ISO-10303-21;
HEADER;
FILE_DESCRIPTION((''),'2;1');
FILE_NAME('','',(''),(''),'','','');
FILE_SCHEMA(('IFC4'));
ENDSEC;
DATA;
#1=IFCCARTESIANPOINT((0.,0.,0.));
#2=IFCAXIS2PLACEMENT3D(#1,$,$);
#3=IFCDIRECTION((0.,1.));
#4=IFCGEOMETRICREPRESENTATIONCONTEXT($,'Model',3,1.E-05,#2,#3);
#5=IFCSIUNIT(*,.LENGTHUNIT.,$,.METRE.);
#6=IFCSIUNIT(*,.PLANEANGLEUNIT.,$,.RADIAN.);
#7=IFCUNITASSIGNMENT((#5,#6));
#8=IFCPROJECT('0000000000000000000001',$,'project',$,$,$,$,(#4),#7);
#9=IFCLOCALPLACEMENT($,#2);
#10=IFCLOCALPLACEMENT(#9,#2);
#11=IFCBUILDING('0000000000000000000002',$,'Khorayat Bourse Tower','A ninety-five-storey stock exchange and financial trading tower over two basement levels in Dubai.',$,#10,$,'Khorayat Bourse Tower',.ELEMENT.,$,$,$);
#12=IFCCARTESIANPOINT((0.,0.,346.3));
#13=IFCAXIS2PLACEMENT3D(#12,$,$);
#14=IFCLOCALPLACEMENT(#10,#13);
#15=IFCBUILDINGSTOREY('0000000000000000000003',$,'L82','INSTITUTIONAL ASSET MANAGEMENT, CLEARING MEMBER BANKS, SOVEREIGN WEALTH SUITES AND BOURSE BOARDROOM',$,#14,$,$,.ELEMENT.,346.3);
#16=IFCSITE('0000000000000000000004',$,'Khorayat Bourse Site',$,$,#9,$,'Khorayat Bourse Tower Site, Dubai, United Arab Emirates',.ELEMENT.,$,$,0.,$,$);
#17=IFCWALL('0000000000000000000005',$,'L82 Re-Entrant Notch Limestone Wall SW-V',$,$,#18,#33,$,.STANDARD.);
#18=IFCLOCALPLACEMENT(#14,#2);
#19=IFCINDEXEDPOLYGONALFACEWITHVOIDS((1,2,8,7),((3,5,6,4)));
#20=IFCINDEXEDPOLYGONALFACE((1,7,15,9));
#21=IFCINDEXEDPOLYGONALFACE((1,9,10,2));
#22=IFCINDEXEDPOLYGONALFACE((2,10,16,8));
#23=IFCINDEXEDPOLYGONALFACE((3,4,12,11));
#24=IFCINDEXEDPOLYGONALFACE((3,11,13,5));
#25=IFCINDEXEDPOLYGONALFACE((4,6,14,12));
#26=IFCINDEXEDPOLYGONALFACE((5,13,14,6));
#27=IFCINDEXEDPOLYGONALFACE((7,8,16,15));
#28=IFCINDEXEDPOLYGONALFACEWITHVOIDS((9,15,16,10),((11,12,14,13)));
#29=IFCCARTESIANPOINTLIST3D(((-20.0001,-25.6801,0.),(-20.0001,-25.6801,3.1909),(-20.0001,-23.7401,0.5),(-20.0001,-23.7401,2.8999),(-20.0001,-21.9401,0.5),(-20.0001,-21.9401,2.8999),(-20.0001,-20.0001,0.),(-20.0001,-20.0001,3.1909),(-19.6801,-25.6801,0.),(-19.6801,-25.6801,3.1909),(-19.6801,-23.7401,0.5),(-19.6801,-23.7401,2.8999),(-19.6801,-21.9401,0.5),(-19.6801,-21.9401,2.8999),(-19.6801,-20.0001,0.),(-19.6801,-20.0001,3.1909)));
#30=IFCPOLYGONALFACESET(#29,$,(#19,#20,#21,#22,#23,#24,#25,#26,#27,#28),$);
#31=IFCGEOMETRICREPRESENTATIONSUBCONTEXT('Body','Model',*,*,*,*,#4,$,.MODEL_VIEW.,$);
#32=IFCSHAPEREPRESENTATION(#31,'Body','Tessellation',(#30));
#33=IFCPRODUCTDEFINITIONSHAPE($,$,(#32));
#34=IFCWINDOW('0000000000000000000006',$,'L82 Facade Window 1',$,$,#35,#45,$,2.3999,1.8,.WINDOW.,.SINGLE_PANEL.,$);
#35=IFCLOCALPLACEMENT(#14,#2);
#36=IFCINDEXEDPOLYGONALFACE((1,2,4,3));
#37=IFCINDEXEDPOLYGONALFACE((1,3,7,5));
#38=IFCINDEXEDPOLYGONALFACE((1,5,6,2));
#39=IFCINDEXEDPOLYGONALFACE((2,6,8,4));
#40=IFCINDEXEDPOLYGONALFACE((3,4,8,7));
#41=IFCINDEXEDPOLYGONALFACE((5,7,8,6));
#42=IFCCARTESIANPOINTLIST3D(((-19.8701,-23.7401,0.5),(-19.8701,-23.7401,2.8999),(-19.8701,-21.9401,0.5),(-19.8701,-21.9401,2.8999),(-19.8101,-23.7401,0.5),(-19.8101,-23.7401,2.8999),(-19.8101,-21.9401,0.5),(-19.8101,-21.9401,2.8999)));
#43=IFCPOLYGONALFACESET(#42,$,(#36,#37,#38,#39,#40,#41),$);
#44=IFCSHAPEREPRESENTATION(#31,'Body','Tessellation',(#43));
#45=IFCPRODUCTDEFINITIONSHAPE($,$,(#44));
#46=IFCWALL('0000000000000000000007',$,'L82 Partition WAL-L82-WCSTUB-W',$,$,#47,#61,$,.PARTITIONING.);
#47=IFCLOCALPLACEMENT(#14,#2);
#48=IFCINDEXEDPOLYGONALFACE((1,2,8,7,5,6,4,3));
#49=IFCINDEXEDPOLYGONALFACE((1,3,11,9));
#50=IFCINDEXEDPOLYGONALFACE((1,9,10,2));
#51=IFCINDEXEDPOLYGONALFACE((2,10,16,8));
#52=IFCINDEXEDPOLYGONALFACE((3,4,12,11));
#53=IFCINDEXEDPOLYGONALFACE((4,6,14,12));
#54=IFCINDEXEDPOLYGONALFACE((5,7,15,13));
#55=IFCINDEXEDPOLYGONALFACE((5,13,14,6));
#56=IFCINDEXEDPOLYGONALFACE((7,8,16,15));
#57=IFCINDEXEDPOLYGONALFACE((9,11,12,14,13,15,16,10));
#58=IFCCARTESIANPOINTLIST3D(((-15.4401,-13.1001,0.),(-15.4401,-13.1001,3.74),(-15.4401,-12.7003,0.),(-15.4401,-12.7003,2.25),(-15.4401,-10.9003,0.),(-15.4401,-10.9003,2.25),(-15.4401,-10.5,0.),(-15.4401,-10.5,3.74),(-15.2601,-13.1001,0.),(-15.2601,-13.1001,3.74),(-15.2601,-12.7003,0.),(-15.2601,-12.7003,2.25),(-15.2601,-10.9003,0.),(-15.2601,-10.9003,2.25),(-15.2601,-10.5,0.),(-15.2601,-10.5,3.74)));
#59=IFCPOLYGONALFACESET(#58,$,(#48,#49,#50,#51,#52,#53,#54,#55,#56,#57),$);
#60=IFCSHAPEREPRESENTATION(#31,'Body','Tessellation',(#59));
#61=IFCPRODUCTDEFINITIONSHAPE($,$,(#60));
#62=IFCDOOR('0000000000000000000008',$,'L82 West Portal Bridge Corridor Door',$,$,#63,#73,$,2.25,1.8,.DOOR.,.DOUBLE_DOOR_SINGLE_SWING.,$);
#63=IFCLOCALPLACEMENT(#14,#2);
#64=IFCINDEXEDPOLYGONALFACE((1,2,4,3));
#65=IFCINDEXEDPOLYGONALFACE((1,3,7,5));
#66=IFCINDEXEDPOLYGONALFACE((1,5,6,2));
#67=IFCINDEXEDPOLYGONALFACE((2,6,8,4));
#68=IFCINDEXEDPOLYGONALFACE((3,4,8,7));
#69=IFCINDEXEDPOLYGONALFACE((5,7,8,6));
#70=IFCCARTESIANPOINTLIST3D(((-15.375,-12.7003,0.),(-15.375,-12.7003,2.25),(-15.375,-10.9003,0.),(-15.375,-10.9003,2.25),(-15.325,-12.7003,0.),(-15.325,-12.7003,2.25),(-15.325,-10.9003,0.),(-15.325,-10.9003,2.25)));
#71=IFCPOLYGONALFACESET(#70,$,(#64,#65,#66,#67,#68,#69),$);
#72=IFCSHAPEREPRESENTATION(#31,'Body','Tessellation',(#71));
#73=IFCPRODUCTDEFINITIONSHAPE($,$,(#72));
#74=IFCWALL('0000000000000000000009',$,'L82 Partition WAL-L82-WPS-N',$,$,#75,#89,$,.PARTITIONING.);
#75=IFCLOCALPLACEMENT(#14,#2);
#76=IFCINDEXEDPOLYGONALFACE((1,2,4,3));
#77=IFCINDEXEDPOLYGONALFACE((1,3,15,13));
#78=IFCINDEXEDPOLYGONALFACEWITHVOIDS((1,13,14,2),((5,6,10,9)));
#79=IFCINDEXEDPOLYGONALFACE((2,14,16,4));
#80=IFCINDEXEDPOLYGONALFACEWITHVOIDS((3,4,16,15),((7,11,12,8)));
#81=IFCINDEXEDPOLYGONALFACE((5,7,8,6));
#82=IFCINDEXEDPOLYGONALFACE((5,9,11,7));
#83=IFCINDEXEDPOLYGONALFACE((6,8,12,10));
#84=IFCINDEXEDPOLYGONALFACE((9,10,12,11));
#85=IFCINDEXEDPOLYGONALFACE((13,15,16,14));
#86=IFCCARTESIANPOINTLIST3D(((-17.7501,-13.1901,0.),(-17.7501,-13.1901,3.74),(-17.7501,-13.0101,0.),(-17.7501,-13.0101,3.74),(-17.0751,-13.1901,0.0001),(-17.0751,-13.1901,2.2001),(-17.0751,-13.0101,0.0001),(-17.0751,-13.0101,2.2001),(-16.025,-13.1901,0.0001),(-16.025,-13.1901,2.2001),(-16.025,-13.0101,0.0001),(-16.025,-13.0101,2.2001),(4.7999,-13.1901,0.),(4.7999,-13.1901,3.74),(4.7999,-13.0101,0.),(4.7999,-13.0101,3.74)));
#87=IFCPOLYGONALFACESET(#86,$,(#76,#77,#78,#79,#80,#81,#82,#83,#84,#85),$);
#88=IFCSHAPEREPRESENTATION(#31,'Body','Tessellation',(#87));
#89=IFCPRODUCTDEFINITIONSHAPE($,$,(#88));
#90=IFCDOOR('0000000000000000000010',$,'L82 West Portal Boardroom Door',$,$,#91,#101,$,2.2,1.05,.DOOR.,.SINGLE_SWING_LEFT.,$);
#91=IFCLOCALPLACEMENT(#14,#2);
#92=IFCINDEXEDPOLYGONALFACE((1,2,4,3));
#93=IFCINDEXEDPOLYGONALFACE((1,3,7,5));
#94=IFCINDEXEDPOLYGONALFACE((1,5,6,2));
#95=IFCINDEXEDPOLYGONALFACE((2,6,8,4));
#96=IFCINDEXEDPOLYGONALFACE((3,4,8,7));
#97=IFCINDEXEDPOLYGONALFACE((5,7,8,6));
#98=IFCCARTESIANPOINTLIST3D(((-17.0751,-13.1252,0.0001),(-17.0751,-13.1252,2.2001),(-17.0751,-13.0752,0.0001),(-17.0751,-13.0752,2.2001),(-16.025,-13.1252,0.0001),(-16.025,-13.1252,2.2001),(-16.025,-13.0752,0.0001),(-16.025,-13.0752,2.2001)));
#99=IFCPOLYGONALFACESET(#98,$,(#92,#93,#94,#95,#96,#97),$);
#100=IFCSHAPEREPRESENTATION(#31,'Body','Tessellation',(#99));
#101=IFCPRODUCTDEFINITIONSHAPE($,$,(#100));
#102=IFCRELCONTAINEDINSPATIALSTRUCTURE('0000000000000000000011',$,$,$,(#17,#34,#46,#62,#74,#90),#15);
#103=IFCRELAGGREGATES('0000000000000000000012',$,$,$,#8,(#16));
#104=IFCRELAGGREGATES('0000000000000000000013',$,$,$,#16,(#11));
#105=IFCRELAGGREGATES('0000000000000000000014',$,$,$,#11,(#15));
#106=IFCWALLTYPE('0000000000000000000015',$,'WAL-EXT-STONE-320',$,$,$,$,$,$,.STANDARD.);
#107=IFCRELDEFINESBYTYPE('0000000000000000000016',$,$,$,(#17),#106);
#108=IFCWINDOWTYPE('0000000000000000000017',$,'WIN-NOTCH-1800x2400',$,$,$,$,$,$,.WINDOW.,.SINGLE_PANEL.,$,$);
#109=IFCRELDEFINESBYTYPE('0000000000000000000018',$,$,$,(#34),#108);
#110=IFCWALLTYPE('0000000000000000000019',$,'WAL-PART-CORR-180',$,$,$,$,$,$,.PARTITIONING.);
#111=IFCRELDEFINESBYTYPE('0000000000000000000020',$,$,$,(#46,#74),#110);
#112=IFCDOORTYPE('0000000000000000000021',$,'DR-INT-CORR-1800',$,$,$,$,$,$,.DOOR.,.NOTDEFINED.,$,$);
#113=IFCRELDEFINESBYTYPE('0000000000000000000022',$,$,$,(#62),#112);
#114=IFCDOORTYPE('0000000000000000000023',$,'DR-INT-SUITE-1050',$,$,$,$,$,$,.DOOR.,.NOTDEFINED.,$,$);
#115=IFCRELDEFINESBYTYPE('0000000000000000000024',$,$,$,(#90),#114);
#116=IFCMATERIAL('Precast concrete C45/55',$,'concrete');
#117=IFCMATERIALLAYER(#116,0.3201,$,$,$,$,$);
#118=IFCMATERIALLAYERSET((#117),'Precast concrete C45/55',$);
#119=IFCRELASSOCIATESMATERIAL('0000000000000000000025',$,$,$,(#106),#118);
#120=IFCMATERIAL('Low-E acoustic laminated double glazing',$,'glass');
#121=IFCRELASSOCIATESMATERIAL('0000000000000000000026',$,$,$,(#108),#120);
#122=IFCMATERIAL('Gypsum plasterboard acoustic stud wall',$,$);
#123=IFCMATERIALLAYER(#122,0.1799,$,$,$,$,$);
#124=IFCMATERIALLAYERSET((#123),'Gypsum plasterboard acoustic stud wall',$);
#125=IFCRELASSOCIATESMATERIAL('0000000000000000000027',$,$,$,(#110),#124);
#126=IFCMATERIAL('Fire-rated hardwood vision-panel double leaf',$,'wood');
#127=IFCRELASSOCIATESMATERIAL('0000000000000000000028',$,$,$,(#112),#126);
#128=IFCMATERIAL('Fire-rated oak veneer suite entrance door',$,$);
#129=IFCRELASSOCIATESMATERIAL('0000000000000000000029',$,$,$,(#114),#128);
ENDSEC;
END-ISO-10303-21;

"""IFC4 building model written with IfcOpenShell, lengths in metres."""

from ifc_helpers import new_model, si_unit, direction, frame, frame_2d, origin, place, context, subcontext, project, spatial, rectangle, extrude, source, transform, mapped, material, layer, layer_set, type_object, element, fill, save


model = new_model("IFC4")

# Units and contexts
model_context = context("Model", 3, precision=1e-05, world=origin(), true_north=direction((0.0, 1.0)))
body_context = subcontext(model_context, "Body", "Model", "MODEL_VIEW")
ifc_project = project(units=[si_unit("LENGTHUNIT", "METRE"), si_unit("PLANEANGLEUNIT", "RADIAN")], contexts=[model_context])

# Site, building, storey
site_placement = place(None, origin())
site = spatial("IfcSite", under=ifc_project, at=site_placement, Name="Khorayat Bourse Site", LongName="Khorayat Bourse Tower Site, Dubai, United Arab Emirates", CompositionType="ELEMENT", RefElevation=0.0)
building_placement = place(site_placement, origin())
building = spatial("IfcBuilding", under=site, at=building_placement, Name="Khorayat Bourse Tower", Description="A ninety-five-storey stock exchange and financial trading tower over two basement levels in Dubai.", LongName="Khorayat Bourse Tower", CompositionType="ELEMENT")
storey_placement = place(building_placement, frame((0.0, 0.0, 346.3)))
storey = spatial("IfcBuildingStorey", under=building, at=storey_placement, Name="L82", Description="INSTITUTIONAL ASSET MANAGEMENT, CLEARING MEMBER BANKS, SOVEREIGN WEALTH SUITES AND BOURSE BOARDROOM", CompositionType="ELEMENT", Elevation=346.3)

# Wall, opening, window
ifc_material_1 = material(Name="Precast concrete C45/55", Category="concrete")
ifc_layer_1 = layer(ifc_material_1, 0.3201)
ifc_layer_set_1 = layer_set([ifc_layer_1], Name="Precast concrete C45/55")
wall_type_1 = type_object("IfcWallType", Name="WAL-EXT-STONE-320", PredefinedType="STANDARD", material=ifc_layer_set_1)
shared_shape_1 = source(origin(), body_context, "Body", "SweptSolid", [
    extrude(rectangle(XDim=5.6799, YDim=0.3201, at=frame_2d((2.8398, 0.0))), origin(), (0.0, 0.0, 1.0), 3.1909),
])
shared_shape_2 = source(origin(), body_context, "Body", "SweptSolid", [
    extrude(rectangle(XDim=1.8, YDim=2.3999, at=frame_2d((0.8999, 1.2))), frame((0.0, 0.1699, 0.0), z_axis=(0.0, -1.0, 0.0), x_axis=(1.0, 0.0, 0.0)), (0.0, 0.0, 1.0), 0.3401),
])
ifc_material_2 = material(Name="Low-E acoustic laminated double glazing", Category="glass")
window_type = type_object("IfcWindowType", Name="WIN-NOTCH-1800x2400", PartitioningType="SINGLE_PANEL", PredefinedType="WINDOW", material=ifc_material_2)
shared_shape_3 = source(origin(), body_context, "Body", "SweptSolid", [
    extrude(rectangle(XDim=1.8, YDim=2.3999, at=frame_2d((0.8999, 1.2))), frame((0.0, 0.03, 0.0), z_axis=(0.0, -1.0, 0.0), x_axis=(1.0, 0.0, 0.0)), (0.0, 0.0, 1.0), 0.0601),
])
wall_1_placement = place(storey_placement, frame((-19.8401, -25.6799, 0.0), z_axis=(0.0, 0.0, 1.0), x_axis=(0.0, 1.0, 0.0)))
wall_1 = element("IfcWall", 1, at=wall_1_placement, inside=storey, type_object=wall_type_1, Name="L82 Re-Entrant Notch Limestone Wall SW-V", PredefinedType="STANDARD", context=body_context, shape_type="MappedRepresentation", body=[
    mapped(shared_shape_1, transform((0.0, 0.0, 0.0), scale=1.0)),
])
opening_1_placement = place(wall_1_placement, frame((1.9399, 0.0, 0.5)))
opening_1 = element("IfcOpeningElement", 2, at=opening_1_placement, cuts=wall_1, PredefinedType="OPENING", context=body_context, shape_type="MappedRepresentation", body=[
    mapped(shared_shape_2, transform((0.0, 0.0, 0.0), scale=1.0)),
])
window_1_placement = place(opening_1_placement, origin())
window_1 = element("IfcWindow", 3, at=window_1_placement, inside=storey, type_object=window_type, Name="L82 Facade Window 1", OverallHeight=2.3999, OverallWidth=1.8, PartitioningType="SINGLE_PANEL", PredefinedType="WINDOW", context=body_context, shape_type="MappedRepresentation", body=[
    mapped(shared_shape_3, transform((0.0, 0.0, 0.0), scale=1.0)),
])
fill(opening_1, window_1)

# Walls, openings, doors
ifc_material_3 = material(Name="Gypsum plasterboard acoustic stud wall")
ifc_layer_2 = layer(ifc_material_3, 0.1799)
ifc_layer_set_2 = layer_set([ifc_layer_2], Name="Gypsum plasterboard acoustic stud wall")
wall_type_2 = type_object("IfcWallType", Name="WAL-PART-CORR-180", PredefinedType="PARTITIONING", material=ifc_layer_set_2)
shared_shape_4 = source(origin(), body_context, "Body", "SweptSolid", [
    extrude(rectangle(XDim=2.6001, YDim=0.1799, at=frame_2d((1.3, 0.0))), origin(), (0.0, 0.0, 1.0), 3.74),
])
wall_2_placement = place(storey_placement, frame((-15.3501, -13.1001, 0.0), z_axis=(0.0, 0.0, 1.0), x_axis=(0.0, 1.0, 0.0)))
wall_2 = element("IfcWall", 4, at=wall_2_placement, inside=storey, type_object=wall_type_2, Name="L82 Partition WAL-L82-WCSTUB-W", PredefinedType="PARTITIONING", context=body_context, shape_type="MappedRepresentation", body=[
    mapped(shared_shape_4, transform((0.0, 0.0, 0.0), scale=1.0)),
])
shared_shape_5 = source(origin(), body_context, "Body", "SweptSolid", [
    extrude(rectangle(XDim=1.8, YDim=2.25, at=frame_2d((0.8999, 1.125))), frame((0.0, 0.0999, 0.0), z_axis=(0.0, -1.0, 0.0), x_axis=(1.0, 0.0, 0.0)), (0.0, 0.0, 1.0), 0.2),
])
opening_2_placement = place(wall_2_placement, frame((0.3999, 0.0, 0.0)))
opening_2 = element("IfcOpeningElement", 5, at=opening_2_placement, cuts=wall_2, PredefinedType="OPENING", context=body_context, shape_type="MappedRepresentation", body=[
    mapped(shared_shape_5, transform((0.0, 0.0, 0.0), scale=1.0)),
])
ifc_material_4 = material(Name="Fire-rated hardwood vision-panel double leaf", Category="wood")
door_type_1 = type_object("IfcDoorType", Name="DR-INT-CORR-1800", OperationType="NOTDEFINED", PredefinedType="DOOR", material=ifc_material_4)
shared_shape_6 = source(origin(), body_context, "Body", "SweptSolid", [
    extrude(rectangle(XDim=1.8, YDim=2.25, at=frame_2d((0.8999, 1.125))), frame((0.0, 0.0249, 0.0), z_axis=(0.0, -1.0, 0.0), x_axis=(1.0, 0.0, 0.0)), (0.0, 0.0, 1.0), 0.05),
])
door_1_placement = place(opening_2_placement, origin())
door_1 = element("IfcDoor", 6, at=door_1_placement, inside=storey, type_object=door_type_1, Name="L82 West Portal Bridge Corridor Door", OperationType="DOUBLE_DOOR_SINGLE_SWING", OverallHeight=2.25, OverallWidth=1.8, PredefinedType="DOOR", context=body_context, shape_type="MappedRepresentation", body=[
    mapped(shared_shape_6, transform((0.0, 0.0, 0.0), scale=1.0)),
])
fill(opening_2, door_1)
shared_shape_7 = source(origin(), body_context, "Body", "SweptSolid", [
    extrude(rectangle(XDim=22.55, YDim=0.1799, at=frame_2d((11.2749, 0.0))), origin(), (0.0, 0.0, 1.0), 3.74),
])
wall_3_placement = place(storey_placement, frame((-17.75, -13.1001, 0.0), z_axis=(0.0, 0.0, 1.0), x_axis=(1.0, 0.0, 0.0)))
wall_3 = element("IfcWall", 7, at=wall_3_placement, inside=storey, type_object=wall_type_2, Name="L82 Partition WAL-L82-WPS-N", PredefinedType="PARTITIONING", context=body_context, shape_type="MappedRepresentation", body=[
    mapped(shared_shape_7, transform((0.0, 0.0, 0.0), scale=1.0)),
])
shared_shape_8 = source(origin(), body_context, "Body", "SweptSolid", [
    extrude(rectangle(XDim=1.05, YDim=2.2, at=frame_2d((0.5249, 1.1001))), frame((0.0, 0.0999, 0.0), z_axis=(0.0, -1.0, 0.0), x_axis=(1.0, 0.0, 0.0)), (0.0, 0.0, 1.0), 0.2),
])
opening_3_placement = place(wall_3_placement, frame((0.675, 0.0, 0.0)))
opening_3 = element("IfcOpeningElement", 8, at=opening_3_placement, cuts=wall_3, PredefinedType="OPENING", context=body_context, shape_type="MappedRepresentation", body=[
    mapped(shared_shape_8, transform((0.0, 0.0, 0.0), scale=1.0)),
])
ifc_material_5 = material(Name="Fire-rated oak veneer suite entrance door")
door_type_2 = type_object("IfcDoorType", Name="DR-INT-SUITE-1050", OperationType="NOTDEFINED", PredefinedType="DOOR", material=ifc_material_5)
shared_shape_9 = source(origin(), body_context, "Body", "SweptSolid", [
    extrude(rectangle(XDim=1.05, YDim=2.2, at=frame_2d((0.5249, 1.1001))), frame((0.0, 0.0249, 0.0), z_axis=(0.0, -1.0, 0.0), x_axis=(1.0, 0.0, 0.0)), (0.0, 0.0, 1.0), 0.05),
])
door_2_placement = place(opening_3_placement, origin())
door_2 = element("IfcDoor", 9, at=door_2_placement, inside=storey, type_object=door_type_2, Name="L82 West Portal Boardroom Door", OperationType="SINGLE_SWING_LEFT", OverallHeight=2.2, OverallWidth=1.05, PredefinedType="DOOR", context=body_context, shape_type="MappedRepresentation", body=[
    mapped(shared_shape_9, transform((0.0, 0.0, 0.0), scale=1.0)),
])
fill(opening_3, door_2)

save(model, "model.ifc")
